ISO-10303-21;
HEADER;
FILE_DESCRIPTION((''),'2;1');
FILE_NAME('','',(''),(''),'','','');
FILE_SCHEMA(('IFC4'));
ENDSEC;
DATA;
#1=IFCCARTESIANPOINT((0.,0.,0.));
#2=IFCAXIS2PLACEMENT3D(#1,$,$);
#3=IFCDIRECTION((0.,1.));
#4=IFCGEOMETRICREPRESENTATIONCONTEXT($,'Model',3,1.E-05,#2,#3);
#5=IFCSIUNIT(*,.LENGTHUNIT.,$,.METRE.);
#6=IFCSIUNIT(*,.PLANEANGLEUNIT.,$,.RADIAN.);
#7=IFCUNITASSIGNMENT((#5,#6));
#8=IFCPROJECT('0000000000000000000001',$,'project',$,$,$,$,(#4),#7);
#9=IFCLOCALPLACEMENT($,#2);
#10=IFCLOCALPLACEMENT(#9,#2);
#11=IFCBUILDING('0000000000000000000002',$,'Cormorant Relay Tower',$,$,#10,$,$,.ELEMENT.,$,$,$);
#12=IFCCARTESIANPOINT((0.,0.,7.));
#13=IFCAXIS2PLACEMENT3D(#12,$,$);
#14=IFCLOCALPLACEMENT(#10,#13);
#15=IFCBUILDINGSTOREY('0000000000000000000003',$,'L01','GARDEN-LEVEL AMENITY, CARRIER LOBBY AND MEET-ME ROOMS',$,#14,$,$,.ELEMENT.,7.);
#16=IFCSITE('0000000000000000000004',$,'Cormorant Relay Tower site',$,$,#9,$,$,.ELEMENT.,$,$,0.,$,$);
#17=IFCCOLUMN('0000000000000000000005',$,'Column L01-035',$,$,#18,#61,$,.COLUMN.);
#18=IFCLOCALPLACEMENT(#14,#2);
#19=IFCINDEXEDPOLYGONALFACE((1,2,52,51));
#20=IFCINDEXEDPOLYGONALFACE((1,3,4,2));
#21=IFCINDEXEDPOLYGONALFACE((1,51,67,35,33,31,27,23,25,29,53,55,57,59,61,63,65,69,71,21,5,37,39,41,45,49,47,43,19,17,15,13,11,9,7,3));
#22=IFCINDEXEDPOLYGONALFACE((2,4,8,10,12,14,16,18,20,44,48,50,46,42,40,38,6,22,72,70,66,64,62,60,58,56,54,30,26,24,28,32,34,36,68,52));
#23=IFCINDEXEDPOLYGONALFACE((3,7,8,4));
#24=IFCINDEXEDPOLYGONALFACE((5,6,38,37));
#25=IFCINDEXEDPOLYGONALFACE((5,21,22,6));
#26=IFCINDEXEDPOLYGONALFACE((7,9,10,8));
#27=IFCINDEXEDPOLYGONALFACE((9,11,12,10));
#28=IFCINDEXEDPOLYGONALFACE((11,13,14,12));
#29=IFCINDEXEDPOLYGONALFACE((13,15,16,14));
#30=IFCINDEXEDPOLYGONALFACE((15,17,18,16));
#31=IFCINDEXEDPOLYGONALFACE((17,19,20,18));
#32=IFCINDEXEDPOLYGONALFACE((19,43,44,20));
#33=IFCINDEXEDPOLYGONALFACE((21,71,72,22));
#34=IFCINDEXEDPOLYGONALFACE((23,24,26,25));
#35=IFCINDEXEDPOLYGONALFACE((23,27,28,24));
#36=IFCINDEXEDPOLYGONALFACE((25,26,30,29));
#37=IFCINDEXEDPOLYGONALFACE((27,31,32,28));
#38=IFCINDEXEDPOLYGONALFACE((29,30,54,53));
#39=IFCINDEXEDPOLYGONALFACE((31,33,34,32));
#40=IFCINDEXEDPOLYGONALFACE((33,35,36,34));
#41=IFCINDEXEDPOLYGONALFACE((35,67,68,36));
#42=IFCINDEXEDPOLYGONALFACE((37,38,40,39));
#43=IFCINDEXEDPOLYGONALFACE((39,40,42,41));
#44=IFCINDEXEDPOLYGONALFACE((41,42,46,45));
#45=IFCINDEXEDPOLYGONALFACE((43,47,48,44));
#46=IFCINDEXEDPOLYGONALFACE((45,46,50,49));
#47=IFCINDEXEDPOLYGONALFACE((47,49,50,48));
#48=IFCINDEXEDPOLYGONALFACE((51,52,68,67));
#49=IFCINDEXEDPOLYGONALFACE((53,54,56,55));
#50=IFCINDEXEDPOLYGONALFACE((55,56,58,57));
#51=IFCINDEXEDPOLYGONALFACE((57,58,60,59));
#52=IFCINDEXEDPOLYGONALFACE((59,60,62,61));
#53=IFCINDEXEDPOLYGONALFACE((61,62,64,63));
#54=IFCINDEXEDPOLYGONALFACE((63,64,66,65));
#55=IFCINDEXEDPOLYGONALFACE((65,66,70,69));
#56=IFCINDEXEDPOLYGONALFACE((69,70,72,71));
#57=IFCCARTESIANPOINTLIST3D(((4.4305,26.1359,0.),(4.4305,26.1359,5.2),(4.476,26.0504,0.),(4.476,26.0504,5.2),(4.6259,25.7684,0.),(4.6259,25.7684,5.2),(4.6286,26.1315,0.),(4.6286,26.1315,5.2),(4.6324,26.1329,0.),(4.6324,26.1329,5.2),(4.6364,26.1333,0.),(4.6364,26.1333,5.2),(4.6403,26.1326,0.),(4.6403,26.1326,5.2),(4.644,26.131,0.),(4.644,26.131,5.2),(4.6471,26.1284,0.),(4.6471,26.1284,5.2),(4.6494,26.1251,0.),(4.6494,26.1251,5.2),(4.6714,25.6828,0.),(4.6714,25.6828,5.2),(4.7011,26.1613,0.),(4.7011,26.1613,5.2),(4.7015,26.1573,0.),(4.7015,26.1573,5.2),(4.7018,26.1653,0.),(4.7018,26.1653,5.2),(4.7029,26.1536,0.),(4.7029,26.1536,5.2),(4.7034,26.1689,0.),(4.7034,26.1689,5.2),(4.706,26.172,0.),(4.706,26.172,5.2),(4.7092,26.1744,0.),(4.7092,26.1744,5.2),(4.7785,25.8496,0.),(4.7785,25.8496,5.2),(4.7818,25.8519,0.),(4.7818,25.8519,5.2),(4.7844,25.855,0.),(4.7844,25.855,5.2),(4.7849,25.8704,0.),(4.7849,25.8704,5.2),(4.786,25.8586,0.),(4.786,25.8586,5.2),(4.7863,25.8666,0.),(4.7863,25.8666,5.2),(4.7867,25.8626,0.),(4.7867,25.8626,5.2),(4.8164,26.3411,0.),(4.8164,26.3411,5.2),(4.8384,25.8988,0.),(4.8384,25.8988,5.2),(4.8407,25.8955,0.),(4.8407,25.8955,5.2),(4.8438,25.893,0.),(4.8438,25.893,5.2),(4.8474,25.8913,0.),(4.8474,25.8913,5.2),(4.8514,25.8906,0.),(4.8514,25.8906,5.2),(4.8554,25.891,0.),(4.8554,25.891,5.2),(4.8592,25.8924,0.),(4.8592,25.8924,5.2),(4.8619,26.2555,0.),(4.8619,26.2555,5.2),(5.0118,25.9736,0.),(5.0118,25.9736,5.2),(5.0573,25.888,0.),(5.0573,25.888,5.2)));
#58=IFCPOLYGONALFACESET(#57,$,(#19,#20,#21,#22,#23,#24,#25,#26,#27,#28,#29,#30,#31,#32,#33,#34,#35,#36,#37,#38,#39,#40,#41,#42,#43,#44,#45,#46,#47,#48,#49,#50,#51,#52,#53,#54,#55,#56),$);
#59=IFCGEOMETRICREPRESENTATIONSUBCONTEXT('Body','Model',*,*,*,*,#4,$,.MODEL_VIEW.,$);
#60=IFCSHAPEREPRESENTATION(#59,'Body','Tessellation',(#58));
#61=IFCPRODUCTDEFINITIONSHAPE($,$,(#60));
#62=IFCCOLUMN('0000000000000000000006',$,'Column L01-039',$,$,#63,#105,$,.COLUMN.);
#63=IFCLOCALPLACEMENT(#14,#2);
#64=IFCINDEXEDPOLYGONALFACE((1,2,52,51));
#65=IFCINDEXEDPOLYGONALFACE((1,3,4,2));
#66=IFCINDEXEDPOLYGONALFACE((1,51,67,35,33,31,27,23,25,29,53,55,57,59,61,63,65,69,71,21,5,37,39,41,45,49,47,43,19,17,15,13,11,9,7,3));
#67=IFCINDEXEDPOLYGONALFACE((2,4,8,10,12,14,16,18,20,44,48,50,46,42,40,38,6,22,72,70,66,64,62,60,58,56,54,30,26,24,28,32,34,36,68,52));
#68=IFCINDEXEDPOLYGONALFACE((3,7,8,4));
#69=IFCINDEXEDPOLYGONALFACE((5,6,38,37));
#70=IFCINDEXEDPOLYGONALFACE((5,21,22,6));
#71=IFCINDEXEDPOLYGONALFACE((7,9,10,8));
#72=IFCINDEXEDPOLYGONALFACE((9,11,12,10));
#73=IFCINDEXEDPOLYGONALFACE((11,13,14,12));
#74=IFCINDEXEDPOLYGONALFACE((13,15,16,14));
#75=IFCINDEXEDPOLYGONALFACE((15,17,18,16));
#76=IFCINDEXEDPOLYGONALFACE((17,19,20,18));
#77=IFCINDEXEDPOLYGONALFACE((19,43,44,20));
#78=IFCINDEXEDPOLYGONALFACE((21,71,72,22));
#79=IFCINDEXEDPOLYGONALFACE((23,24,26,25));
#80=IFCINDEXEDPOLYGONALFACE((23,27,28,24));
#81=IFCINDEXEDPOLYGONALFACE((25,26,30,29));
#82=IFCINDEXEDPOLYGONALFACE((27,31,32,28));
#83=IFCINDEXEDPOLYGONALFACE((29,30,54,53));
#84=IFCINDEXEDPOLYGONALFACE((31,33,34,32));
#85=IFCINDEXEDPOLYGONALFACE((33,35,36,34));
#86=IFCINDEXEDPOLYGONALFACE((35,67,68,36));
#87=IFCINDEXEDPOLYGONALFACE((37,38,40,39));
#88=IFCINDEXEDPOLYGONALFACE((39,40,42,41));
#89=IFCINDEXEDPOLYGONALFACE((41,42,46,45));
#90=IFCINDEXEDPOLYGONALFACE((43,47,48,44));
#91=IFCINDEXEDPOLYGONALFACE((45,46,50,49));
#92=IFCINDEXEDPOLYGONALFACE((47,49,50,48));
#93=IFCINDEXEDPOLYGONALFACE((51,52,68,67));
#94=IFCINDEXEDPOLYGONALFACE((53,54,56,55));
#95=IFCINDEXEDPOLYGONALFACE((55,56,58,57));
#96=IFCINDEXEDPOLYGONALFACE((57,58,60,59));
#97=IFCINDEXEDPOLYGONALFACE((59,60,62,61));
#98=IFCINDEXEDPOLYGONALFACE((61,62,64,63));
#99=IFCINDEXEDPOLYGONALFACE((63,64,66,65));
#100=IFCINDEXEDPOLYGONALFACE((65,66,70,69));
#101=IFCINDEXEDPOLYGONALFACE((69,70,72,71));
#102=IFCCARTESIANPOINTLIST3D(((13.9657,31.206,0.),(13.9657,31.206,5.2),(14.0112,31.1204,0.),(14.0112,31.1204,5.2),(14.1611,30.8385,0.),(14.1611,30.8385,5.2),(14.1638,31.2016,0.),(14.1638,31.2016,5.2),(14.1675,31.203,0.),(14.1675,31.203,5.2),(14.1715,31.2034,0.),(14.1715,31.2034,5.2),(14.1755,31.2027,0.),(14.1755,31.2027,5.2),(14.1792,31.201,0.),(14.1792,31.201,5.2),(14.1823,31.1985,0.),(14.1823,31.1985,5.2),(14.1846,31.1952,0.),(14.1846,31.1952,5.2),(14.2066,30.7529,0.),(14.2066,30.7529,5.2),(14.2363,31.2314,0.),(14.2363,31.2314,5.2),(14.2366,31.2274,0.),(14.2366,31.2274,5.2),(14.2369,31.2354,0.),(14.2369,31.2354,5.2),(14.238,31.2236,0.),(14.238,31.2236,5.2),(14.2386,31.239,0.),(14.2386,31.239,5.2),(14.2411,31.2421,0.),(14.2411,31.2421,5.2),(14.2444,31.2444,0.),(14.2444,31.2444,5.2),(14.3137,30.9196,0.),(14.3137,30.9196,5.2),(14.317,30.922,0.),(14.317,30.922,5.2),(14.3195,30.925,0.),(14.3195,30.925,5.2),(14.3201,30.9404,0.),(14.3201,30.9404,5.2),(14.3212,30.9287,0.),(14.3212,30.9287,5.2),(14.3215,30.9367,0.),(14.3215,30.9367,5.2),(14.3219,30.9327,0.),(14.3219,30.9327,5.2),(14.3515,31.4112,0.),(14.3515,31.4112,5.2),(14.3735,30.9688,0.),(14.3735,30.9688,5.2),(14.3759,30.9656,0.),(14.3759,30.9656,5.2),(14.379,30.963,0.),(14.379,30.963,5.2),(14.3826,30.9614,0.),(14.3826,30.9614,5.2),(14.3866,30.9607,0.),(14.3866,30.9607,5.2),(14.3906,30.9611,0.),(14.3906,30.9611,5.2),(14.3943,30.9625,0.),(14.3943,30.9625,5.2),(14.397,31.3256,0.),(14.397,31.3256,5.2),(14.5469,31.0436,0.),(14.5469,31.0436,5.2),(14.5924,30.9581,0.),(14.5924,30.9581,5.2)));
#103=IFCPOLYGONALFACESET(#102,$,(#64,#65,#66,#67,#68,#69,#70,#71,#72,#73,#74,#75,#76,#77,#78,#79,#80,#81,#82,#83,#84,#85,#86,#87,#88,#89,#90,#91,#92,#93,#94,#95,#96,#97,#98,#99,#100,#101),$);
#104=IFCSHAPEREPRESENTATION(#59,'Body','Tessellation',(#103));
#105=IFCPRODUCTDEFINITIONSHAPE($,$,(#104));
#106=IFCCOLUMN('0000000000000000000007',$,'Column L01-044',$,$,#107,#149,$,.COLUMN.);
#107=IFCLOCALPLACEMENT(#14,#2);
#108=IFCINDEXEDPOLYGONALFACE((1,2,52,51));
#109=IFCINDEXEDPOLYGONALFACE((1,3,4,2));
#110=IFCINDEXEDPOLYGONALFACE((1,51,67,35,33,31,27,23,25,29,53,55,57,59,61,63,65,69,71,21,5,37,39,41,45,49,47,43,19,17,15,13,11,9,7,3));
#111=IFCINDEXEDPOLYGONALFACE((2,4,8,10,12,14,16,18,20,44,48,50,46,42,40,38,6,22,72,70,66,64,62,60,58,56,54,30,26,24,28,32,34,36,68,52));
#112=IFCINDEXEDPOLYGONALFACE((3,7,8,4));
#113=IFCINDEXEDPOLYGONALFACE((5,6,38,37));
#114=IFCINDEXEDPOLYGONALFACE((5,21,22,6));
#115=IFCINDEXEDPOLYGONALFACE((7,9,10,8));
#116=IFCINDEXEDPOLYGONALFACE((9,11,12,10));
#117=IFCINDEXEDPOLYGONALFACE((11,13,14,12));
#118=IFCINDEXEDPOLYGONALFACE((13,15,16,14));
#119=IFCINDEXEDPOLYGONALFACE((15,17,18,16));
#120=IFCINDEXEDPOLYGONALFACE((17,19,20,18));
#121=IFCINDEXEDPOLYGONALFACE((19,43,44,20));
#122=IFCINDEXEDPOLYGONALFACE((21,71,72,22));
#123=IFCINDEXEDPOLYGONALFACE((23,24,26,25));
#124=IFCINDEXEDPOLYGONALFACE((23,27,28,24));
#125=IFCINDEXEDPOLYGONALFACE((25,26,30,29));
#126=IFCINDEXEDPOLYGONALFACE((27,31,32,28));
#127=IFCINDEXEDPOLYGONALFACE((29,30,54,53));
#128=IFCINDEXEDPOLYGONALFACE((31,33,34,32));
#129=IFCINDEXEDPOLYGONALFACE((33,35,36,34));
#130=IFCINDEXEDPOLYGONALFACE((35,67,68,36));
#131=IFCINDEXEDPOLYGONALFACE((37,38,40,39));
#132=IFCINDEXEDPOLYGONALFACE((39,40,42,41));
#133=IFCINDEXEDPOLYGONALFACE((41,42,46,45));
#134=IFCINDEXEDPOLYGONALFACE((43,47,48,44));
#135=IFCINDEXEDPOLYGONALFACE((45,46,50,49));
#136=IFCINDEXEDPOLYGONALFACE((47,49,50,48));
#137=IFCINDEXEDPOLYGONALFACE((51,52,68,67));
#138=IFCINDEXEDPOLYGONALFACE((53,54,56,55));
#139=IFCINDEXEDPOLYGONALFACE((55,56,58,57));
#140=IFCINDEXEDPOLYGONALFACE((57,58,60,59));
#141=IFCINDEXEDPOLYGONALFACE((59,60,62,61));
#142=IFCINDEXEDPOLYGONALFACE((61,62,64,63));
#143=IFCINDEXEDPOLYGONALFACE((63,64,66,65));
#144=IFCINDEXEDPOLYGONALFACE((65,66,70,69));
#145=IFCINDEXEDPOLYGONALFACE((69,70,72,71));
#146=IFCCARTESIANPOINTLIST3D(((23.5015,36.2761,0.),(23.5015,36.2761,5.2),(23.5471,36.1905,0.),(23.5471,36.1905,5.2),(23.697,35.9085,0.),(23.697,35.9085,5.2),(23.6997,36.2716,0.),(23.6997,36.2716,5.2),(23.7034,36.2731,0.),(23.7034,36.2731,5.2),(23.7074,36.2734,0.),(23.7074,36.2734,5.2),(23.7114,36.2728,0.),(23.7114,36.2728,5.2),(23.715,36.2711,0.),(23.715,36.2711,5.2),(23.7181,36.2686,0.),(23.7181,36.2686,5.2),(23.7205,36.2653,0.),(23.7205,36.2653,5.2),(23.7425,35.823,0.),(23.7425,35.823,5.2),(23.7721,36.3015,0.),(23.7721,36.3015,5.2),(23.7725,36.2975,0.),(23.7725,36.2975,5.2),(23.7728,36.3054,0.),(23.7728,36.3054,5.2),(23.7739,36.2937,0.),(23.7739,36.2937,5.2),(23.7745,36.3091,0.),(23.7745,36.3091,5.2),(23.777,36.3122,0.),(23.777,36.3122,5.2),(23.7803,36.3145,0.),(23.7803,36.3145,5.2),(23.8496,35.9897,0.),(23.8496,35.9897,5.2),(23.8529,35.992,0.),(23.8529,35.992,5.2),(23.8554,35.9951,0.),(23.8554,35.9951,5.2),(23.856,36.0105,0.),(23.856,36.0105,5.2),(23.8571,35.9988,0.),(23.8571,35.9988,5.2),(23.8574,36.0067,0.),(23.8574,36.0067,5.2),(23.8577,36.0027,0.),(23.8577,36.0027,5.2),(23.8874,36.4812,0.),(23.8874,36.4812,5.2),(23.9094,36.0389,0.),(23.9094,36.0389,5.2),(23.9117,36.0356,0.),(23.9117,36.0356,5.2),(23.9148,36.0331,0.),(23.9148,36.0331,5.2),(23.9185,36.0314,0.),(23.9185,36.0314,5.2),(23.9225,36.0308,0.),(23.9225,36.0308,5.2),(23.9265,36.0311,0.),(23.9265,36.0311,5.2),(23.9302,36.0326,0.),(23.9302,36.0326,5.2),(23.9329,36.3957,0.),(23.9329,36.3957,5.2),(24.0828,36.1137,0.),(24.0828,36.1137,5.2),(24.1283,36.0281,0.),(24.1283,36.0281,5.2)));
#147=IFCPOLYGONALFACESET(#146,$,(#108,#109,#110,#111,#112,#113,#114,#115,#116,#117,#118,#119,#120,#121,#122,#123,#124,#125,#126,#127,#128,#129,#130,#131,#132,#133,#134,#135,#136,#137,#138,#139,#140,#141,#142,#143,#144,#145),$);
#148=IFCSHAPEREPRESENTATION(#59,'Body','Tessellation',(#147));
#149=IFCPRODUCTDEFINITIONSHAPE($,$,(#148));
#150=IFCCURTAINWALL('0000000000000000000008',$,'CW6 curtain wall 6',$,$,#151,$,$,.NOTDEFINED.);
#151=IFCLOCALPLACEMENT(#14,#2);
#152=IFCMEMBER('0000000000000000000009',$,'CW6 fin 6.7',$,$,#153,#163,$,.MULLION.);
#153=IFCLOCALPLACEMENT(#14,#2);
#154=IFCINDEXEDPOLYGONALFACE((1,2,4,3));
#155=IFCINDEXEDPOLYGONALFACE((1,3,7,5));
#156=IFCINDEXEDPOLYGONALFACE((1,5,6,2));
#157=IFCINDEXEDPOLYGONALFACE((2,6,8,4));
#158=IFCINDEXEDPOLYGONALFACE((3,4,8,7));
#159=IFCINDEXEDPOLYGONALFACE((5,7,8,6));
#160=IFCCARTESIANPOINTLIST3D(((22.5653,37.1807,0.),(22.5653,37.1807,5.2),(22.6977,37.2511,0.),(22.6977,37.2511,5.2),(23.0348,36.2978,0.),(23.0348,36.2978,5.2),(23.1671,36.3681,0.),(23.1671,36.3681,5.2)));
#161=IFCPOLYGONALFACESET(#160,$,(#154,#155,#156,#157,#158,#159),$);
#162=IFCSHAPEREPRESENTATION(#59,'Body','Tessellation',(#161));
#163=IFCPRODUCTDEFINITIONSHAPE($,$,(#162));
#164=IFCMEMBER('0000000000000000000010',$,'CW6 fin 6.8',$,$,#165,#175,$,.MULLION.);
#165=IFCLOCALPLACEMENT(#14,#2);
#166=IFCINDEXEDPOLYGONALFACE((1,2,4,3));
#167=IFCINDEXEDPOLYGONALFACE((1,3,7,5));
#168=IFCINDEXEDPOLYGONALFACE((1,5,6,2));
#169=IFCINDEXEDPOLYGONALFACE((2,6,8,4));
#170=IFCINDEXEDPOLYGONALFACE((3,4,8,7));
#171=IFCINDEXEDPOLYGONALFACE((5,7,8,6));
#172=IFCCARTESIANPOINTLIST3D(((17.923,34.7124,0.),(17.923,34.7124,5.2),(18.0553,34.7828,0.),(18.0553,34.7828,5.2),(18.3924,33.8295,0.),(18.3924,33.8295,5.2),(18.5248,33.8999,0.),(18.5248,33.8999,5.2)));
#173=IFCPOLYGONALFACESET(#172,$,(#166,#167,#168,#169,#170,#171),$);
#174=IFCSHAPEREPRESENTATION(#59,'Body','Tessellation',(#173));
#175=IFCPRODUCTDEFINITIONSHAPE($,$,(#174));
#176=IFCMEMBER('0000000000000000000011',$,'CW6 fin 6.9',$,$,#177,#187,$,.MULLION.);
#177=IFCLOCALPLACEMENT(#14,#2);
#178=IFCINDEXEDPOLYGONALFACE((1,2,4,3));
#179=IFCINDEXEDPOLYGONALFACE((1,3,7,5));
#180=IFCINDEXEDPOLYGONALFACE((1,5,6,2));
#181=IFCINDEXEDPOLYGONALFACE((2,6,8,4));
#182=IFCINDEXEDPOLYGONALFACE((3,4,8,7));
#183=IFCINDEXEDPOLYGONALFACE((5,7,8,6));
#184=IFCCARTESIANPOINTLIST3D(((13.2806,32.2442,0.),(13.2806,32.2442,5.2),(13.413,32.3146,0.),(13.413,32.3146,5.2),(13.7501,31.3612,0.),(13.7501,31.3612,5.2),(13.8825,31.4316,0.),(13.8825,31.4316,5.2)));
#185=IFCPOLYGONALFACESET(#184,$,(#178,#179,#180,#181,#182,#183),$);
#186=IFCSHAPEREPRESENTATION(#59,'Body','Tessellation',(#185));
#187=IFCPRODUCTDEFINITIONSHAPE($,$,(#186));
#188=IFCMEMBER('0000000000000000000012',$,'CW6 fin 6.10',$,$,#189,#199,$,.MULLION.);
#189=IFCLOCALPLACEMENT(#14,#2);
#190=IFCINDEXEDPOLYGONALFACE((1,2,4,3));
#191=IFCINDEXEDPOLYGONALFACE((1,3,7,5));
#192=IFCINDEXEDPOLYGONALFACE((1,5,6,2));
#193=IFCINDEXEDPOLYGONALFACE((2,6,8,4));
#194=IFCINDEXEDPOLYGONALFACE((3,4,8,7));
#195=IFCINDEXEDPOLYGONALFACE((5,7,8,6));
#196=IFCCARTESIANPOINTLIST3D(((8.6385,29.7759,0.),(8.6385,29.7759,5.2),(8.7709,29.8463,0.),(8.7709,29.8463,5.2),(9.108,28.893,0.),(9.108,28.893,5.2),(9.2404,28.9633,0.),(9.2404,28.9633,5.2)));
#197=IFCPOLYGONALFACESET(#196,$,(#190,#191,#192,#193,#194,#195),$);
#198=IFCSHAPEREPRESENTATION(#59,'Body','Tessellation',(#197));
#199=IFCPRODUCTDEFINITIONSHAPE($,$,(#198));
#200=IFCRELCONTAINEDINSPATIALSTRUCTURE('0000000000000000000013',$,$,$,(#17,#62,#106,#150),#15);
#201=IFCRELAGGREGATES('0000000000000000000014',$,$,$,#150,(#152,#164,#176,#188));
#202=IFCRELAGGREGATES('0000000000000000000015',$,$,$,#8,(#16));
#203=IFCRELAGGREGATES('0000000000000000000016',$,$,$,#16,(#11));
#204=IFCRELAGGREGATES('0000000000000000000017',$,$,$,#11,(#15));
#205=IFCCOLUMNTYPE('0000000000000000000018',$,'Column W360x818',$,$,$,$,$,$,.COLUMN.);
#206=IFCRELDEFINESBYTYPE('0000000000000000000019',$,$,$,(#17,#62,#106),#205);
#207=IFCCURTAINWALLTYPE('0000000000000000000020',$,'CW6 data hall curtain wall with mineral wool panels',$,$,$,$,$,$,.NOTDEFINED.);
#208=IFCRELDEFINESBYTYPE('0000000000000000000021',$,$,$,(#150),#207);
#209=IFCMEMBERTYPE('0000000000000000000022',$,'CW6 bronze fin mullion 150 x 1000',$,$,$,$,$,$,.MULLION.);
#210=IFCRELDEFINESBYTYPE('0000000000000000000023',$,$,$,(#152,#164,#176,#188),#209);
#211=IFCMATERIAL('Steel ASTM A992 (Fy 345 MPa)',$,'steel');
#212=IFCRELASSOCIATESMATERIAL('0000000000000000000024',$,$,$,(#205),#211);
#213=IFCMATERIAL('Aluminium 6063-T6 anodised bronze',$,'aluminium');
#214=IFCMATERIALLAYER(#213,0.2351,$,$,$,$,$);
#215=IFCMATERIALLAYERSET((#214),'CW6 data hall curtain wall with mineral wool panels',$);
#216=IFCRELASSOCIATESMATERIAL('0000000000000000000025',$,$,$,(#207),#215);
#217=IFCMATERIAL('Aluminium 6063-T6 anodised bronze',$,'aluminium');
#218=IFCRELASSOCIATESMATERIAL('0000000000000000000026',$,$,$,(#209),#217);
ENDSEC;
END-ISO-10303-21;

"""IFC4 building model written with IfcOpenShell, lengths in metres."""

from ifc_helpers import new_model, si_unit, direction, frame, origin, origin_2d, place, context, subcontext, project, spatial, rectangle, i_section, extrude, material, layer, layer_set, material_profile, profile_set, type_object, element, aggregate, save


model = new_model("IFC4")

# Units and contexts
model_context = context("Model", 3, precision=1e-05, world=origin(), true_north=direction((0.0, 1.0)))
body_context = subcontext(model_context, "Body", "Model", "MODEL_VIEW")
ifc_project = project(units=[si_unit("LENGTHUNIT", "METRE"), si_unit("PLANEANGLEUNIT", "RADIAN")], contexts=[model_context])

# Site, building, storey
site_placement = place(None, origin())
site = spatial("IfcSite", under=ifc_project, at=site_placement, Name="Cormorant Relay Tower site", CompositionType="ELEMENT", RefElevation=0.0)
building_placement = place(site_placement, origin())
building = spatial("IfcBuilding", under=site, at=building_placement, Name="Cormorant Relay Tower", CompositionType="ELEMENT")
storey_placement = place(building_placement, frame((0.0, 0.0, 7.0)))
storey = spatial("IfcBuildingStorey", under=building, at=storey_placement, Name="L01", Description="GARDEN-LEVEL AMENITY, CARRIER LOBBY AND MEET-ME ROOMS", CompositionType="ELEMENT", Elevation=7.0)

# Columns
ifc_material_1 = material(Name="Steel ASTM A992 (Fy 345 MPa)", Category="steel")
ifc_material_profile_1 = material_profile(ifc_material_1, i_section(OverallWidth=0.437, OverallDepth=0.5132, WebThickness=0.0605, FlangeThickness=0.0969, FilletRadius=0.0154, at=origin_2d()), Name="W360x818")
ifc_profile_set_1 = profile_set([ifc_material_profile_1], Name="Steel ASTM A992 (Fy 345 MPa)")
column_type = type_object("IfcColumnType", Name="Column W360x818", PredefinedType="COLUMN", material=ifc_profile_set_1)
for number, where, z_axis, x_axis, name in (
    (1, (4.7439, 26.012, 0.0), (0.0, 0.0, 1.0), (-0.882948, -0.469472, 0.0), "Column L01-035"),
    (2, (14.2791, 31.082, 0.0), (0.0, 0.0, 1.0), (-0.882948, -0.469472, 0.0), "Column L01-039"),
    (3, (23.8149, 36.1521, 0.0), (0.0, 0.0, 1.0), (-0.882948, -0.469472, 0.0), "Column L01-044"),
):
    element("IfcColumn", number, at=place(storey_placement, frame(where, z_axis=z_axis, x_axis=x_axis)), inside=storey, type_object=column_type, Name=name, PredefinedType="COLUMN", context=body_context, shape_type="SweptSolid", body=[
        extrude(i_section(OverallWidth=0.437, OverallDepth=0.5132, WebThickness=0.0605, FlangeThickness=0.0969, FilletRadius=0.0154, at=origin_2d()), origin(), (0.0, 0.0, 1.0), 5.2),
    ])

# Curtain wall, members
ifc_material_2 = material(Name="Aluminium 6063-T6 anodised bronze", Category="aluminium")
ifc_layer_1 = layer(ifc_material_2, 0.2351)
ifc_layer_set_1 = layer_set([ifc_layer_1], Name="CW6 data hall curtain wall with mineral wool panels")
curtain_wall_type = type_object("IfcCurtainWallType", Name="CW6 data hall curtain wall with mineral wool panels", PredefinedType="NOTDEFINED", material=ifc_layer_set_1)
curtain_wall_1_placement = place(storey_placement, origin())
curtain_wall_1 = element("IfcCurtainWall", 4, at=curtain_wall_1_placement, inside=storey, type_object=curtain_wall_type, Name="CW6 curtain wall 6", PredefinedType="NOTDEFINED")
ifc_material_3 = material(Name="Aluminium 6063-T6 anodised bronze", Category="aluminium")
ifc_material_profile_2 = material_profile(ifc_material_3, rectangle(XDim=0.1499, YDim=1.0, at=origin_2d()), Name="AL 150x1000")
ifc_profile_set_2 = profile_set([ifc_material_profile_2], Name="Aluminium 6063-T6 anodised bronze")
member_type_1 = type_object("IfcMemberType", Name="CW6 bronze fin mullion 150 x 1000", PredefinedType="MULLION", material=ifc_profile_set_2)
member_1_placement = place(storey_placement, frame((22.8662, 36.7744, 0.0), z_axis=(0.0, 0.0, 1.0), x_axis=(-0.882948, -0.469472, 0.0)))
member_1 = element("IfcMember", 5, at=member_1_placement, type_object=member_type_1, Name="CW6 fin 6.7", PredefinedType="MULLION", context=body_context, shape_type="SweptSolid", body=[
    extrude(rectangle(XDim=0.1499, YDim=1.0, at=origin_2d()), origin(), (0.0, 0.0, 1.0), 5.2),
])
member_2_placement = place(storey_placement, frame((18.2239, 34.3062, 0.0), z_axis=(0.0, 0.0, 1.0), x_axis=(-0.882948, -0.469472, 0.0)))
member_2 = element("IfcMember", 6, at=member_2_placement, type_object=member_type_1, Name="CW6 fin 6.8", PredefinedType="MULLION", context=body_context, shape_type="SweptSolid", body=[
    extrude(rectangle(XDim=0.1499, YDim=1.0, at=origin_2d()), origin(), (0.0, 0.0, 1.0), 5.2),
])
member_3_placement = place(storey_placement, frame((13.5815, 31.8379, 0.0), z_axis=(0.0, 0.0, 1.0), x_axis=(-0.882948, -0.469472, 0.0)))
member_3 = element("IfcMember", 7, at=member_3_placement, type_object=member_type_1, Name="CW6 fin 6.9", PredefinedType="MULLION", context=body_context, shape_type="SweptSolid", body=[
    extrude(rectangle(XDim=0.1499, YDim=1.0, at=origin_2d()), origin(), (0.0, 0.0, 1.0), 5.2),
])
member_4_placement = place(storey_placement, frame((8.9395, 29.3696, 0.0), z_axis=(0.0, 0.0, 1.0), x_axis=(-0.882948, -0.469472, 0.0)))
member_4 = element("IfcMember", 8, at=member_4_placement, type_object=member_type_1, Name="CW6 fin 6.10", PredefinedType="MULLION", context=body_context, shape_type="SweptSolid", body=[
    extrude(rectangle(XDim=0.1499, YDim=1.0, at=origin_2d()), origin(), (0.0, 0.0, 1.0), 5.2),
])

aggregate(curtain_wall_1, [member_1, member_2, member_3, member_4])

save(model, "model.ifc")
